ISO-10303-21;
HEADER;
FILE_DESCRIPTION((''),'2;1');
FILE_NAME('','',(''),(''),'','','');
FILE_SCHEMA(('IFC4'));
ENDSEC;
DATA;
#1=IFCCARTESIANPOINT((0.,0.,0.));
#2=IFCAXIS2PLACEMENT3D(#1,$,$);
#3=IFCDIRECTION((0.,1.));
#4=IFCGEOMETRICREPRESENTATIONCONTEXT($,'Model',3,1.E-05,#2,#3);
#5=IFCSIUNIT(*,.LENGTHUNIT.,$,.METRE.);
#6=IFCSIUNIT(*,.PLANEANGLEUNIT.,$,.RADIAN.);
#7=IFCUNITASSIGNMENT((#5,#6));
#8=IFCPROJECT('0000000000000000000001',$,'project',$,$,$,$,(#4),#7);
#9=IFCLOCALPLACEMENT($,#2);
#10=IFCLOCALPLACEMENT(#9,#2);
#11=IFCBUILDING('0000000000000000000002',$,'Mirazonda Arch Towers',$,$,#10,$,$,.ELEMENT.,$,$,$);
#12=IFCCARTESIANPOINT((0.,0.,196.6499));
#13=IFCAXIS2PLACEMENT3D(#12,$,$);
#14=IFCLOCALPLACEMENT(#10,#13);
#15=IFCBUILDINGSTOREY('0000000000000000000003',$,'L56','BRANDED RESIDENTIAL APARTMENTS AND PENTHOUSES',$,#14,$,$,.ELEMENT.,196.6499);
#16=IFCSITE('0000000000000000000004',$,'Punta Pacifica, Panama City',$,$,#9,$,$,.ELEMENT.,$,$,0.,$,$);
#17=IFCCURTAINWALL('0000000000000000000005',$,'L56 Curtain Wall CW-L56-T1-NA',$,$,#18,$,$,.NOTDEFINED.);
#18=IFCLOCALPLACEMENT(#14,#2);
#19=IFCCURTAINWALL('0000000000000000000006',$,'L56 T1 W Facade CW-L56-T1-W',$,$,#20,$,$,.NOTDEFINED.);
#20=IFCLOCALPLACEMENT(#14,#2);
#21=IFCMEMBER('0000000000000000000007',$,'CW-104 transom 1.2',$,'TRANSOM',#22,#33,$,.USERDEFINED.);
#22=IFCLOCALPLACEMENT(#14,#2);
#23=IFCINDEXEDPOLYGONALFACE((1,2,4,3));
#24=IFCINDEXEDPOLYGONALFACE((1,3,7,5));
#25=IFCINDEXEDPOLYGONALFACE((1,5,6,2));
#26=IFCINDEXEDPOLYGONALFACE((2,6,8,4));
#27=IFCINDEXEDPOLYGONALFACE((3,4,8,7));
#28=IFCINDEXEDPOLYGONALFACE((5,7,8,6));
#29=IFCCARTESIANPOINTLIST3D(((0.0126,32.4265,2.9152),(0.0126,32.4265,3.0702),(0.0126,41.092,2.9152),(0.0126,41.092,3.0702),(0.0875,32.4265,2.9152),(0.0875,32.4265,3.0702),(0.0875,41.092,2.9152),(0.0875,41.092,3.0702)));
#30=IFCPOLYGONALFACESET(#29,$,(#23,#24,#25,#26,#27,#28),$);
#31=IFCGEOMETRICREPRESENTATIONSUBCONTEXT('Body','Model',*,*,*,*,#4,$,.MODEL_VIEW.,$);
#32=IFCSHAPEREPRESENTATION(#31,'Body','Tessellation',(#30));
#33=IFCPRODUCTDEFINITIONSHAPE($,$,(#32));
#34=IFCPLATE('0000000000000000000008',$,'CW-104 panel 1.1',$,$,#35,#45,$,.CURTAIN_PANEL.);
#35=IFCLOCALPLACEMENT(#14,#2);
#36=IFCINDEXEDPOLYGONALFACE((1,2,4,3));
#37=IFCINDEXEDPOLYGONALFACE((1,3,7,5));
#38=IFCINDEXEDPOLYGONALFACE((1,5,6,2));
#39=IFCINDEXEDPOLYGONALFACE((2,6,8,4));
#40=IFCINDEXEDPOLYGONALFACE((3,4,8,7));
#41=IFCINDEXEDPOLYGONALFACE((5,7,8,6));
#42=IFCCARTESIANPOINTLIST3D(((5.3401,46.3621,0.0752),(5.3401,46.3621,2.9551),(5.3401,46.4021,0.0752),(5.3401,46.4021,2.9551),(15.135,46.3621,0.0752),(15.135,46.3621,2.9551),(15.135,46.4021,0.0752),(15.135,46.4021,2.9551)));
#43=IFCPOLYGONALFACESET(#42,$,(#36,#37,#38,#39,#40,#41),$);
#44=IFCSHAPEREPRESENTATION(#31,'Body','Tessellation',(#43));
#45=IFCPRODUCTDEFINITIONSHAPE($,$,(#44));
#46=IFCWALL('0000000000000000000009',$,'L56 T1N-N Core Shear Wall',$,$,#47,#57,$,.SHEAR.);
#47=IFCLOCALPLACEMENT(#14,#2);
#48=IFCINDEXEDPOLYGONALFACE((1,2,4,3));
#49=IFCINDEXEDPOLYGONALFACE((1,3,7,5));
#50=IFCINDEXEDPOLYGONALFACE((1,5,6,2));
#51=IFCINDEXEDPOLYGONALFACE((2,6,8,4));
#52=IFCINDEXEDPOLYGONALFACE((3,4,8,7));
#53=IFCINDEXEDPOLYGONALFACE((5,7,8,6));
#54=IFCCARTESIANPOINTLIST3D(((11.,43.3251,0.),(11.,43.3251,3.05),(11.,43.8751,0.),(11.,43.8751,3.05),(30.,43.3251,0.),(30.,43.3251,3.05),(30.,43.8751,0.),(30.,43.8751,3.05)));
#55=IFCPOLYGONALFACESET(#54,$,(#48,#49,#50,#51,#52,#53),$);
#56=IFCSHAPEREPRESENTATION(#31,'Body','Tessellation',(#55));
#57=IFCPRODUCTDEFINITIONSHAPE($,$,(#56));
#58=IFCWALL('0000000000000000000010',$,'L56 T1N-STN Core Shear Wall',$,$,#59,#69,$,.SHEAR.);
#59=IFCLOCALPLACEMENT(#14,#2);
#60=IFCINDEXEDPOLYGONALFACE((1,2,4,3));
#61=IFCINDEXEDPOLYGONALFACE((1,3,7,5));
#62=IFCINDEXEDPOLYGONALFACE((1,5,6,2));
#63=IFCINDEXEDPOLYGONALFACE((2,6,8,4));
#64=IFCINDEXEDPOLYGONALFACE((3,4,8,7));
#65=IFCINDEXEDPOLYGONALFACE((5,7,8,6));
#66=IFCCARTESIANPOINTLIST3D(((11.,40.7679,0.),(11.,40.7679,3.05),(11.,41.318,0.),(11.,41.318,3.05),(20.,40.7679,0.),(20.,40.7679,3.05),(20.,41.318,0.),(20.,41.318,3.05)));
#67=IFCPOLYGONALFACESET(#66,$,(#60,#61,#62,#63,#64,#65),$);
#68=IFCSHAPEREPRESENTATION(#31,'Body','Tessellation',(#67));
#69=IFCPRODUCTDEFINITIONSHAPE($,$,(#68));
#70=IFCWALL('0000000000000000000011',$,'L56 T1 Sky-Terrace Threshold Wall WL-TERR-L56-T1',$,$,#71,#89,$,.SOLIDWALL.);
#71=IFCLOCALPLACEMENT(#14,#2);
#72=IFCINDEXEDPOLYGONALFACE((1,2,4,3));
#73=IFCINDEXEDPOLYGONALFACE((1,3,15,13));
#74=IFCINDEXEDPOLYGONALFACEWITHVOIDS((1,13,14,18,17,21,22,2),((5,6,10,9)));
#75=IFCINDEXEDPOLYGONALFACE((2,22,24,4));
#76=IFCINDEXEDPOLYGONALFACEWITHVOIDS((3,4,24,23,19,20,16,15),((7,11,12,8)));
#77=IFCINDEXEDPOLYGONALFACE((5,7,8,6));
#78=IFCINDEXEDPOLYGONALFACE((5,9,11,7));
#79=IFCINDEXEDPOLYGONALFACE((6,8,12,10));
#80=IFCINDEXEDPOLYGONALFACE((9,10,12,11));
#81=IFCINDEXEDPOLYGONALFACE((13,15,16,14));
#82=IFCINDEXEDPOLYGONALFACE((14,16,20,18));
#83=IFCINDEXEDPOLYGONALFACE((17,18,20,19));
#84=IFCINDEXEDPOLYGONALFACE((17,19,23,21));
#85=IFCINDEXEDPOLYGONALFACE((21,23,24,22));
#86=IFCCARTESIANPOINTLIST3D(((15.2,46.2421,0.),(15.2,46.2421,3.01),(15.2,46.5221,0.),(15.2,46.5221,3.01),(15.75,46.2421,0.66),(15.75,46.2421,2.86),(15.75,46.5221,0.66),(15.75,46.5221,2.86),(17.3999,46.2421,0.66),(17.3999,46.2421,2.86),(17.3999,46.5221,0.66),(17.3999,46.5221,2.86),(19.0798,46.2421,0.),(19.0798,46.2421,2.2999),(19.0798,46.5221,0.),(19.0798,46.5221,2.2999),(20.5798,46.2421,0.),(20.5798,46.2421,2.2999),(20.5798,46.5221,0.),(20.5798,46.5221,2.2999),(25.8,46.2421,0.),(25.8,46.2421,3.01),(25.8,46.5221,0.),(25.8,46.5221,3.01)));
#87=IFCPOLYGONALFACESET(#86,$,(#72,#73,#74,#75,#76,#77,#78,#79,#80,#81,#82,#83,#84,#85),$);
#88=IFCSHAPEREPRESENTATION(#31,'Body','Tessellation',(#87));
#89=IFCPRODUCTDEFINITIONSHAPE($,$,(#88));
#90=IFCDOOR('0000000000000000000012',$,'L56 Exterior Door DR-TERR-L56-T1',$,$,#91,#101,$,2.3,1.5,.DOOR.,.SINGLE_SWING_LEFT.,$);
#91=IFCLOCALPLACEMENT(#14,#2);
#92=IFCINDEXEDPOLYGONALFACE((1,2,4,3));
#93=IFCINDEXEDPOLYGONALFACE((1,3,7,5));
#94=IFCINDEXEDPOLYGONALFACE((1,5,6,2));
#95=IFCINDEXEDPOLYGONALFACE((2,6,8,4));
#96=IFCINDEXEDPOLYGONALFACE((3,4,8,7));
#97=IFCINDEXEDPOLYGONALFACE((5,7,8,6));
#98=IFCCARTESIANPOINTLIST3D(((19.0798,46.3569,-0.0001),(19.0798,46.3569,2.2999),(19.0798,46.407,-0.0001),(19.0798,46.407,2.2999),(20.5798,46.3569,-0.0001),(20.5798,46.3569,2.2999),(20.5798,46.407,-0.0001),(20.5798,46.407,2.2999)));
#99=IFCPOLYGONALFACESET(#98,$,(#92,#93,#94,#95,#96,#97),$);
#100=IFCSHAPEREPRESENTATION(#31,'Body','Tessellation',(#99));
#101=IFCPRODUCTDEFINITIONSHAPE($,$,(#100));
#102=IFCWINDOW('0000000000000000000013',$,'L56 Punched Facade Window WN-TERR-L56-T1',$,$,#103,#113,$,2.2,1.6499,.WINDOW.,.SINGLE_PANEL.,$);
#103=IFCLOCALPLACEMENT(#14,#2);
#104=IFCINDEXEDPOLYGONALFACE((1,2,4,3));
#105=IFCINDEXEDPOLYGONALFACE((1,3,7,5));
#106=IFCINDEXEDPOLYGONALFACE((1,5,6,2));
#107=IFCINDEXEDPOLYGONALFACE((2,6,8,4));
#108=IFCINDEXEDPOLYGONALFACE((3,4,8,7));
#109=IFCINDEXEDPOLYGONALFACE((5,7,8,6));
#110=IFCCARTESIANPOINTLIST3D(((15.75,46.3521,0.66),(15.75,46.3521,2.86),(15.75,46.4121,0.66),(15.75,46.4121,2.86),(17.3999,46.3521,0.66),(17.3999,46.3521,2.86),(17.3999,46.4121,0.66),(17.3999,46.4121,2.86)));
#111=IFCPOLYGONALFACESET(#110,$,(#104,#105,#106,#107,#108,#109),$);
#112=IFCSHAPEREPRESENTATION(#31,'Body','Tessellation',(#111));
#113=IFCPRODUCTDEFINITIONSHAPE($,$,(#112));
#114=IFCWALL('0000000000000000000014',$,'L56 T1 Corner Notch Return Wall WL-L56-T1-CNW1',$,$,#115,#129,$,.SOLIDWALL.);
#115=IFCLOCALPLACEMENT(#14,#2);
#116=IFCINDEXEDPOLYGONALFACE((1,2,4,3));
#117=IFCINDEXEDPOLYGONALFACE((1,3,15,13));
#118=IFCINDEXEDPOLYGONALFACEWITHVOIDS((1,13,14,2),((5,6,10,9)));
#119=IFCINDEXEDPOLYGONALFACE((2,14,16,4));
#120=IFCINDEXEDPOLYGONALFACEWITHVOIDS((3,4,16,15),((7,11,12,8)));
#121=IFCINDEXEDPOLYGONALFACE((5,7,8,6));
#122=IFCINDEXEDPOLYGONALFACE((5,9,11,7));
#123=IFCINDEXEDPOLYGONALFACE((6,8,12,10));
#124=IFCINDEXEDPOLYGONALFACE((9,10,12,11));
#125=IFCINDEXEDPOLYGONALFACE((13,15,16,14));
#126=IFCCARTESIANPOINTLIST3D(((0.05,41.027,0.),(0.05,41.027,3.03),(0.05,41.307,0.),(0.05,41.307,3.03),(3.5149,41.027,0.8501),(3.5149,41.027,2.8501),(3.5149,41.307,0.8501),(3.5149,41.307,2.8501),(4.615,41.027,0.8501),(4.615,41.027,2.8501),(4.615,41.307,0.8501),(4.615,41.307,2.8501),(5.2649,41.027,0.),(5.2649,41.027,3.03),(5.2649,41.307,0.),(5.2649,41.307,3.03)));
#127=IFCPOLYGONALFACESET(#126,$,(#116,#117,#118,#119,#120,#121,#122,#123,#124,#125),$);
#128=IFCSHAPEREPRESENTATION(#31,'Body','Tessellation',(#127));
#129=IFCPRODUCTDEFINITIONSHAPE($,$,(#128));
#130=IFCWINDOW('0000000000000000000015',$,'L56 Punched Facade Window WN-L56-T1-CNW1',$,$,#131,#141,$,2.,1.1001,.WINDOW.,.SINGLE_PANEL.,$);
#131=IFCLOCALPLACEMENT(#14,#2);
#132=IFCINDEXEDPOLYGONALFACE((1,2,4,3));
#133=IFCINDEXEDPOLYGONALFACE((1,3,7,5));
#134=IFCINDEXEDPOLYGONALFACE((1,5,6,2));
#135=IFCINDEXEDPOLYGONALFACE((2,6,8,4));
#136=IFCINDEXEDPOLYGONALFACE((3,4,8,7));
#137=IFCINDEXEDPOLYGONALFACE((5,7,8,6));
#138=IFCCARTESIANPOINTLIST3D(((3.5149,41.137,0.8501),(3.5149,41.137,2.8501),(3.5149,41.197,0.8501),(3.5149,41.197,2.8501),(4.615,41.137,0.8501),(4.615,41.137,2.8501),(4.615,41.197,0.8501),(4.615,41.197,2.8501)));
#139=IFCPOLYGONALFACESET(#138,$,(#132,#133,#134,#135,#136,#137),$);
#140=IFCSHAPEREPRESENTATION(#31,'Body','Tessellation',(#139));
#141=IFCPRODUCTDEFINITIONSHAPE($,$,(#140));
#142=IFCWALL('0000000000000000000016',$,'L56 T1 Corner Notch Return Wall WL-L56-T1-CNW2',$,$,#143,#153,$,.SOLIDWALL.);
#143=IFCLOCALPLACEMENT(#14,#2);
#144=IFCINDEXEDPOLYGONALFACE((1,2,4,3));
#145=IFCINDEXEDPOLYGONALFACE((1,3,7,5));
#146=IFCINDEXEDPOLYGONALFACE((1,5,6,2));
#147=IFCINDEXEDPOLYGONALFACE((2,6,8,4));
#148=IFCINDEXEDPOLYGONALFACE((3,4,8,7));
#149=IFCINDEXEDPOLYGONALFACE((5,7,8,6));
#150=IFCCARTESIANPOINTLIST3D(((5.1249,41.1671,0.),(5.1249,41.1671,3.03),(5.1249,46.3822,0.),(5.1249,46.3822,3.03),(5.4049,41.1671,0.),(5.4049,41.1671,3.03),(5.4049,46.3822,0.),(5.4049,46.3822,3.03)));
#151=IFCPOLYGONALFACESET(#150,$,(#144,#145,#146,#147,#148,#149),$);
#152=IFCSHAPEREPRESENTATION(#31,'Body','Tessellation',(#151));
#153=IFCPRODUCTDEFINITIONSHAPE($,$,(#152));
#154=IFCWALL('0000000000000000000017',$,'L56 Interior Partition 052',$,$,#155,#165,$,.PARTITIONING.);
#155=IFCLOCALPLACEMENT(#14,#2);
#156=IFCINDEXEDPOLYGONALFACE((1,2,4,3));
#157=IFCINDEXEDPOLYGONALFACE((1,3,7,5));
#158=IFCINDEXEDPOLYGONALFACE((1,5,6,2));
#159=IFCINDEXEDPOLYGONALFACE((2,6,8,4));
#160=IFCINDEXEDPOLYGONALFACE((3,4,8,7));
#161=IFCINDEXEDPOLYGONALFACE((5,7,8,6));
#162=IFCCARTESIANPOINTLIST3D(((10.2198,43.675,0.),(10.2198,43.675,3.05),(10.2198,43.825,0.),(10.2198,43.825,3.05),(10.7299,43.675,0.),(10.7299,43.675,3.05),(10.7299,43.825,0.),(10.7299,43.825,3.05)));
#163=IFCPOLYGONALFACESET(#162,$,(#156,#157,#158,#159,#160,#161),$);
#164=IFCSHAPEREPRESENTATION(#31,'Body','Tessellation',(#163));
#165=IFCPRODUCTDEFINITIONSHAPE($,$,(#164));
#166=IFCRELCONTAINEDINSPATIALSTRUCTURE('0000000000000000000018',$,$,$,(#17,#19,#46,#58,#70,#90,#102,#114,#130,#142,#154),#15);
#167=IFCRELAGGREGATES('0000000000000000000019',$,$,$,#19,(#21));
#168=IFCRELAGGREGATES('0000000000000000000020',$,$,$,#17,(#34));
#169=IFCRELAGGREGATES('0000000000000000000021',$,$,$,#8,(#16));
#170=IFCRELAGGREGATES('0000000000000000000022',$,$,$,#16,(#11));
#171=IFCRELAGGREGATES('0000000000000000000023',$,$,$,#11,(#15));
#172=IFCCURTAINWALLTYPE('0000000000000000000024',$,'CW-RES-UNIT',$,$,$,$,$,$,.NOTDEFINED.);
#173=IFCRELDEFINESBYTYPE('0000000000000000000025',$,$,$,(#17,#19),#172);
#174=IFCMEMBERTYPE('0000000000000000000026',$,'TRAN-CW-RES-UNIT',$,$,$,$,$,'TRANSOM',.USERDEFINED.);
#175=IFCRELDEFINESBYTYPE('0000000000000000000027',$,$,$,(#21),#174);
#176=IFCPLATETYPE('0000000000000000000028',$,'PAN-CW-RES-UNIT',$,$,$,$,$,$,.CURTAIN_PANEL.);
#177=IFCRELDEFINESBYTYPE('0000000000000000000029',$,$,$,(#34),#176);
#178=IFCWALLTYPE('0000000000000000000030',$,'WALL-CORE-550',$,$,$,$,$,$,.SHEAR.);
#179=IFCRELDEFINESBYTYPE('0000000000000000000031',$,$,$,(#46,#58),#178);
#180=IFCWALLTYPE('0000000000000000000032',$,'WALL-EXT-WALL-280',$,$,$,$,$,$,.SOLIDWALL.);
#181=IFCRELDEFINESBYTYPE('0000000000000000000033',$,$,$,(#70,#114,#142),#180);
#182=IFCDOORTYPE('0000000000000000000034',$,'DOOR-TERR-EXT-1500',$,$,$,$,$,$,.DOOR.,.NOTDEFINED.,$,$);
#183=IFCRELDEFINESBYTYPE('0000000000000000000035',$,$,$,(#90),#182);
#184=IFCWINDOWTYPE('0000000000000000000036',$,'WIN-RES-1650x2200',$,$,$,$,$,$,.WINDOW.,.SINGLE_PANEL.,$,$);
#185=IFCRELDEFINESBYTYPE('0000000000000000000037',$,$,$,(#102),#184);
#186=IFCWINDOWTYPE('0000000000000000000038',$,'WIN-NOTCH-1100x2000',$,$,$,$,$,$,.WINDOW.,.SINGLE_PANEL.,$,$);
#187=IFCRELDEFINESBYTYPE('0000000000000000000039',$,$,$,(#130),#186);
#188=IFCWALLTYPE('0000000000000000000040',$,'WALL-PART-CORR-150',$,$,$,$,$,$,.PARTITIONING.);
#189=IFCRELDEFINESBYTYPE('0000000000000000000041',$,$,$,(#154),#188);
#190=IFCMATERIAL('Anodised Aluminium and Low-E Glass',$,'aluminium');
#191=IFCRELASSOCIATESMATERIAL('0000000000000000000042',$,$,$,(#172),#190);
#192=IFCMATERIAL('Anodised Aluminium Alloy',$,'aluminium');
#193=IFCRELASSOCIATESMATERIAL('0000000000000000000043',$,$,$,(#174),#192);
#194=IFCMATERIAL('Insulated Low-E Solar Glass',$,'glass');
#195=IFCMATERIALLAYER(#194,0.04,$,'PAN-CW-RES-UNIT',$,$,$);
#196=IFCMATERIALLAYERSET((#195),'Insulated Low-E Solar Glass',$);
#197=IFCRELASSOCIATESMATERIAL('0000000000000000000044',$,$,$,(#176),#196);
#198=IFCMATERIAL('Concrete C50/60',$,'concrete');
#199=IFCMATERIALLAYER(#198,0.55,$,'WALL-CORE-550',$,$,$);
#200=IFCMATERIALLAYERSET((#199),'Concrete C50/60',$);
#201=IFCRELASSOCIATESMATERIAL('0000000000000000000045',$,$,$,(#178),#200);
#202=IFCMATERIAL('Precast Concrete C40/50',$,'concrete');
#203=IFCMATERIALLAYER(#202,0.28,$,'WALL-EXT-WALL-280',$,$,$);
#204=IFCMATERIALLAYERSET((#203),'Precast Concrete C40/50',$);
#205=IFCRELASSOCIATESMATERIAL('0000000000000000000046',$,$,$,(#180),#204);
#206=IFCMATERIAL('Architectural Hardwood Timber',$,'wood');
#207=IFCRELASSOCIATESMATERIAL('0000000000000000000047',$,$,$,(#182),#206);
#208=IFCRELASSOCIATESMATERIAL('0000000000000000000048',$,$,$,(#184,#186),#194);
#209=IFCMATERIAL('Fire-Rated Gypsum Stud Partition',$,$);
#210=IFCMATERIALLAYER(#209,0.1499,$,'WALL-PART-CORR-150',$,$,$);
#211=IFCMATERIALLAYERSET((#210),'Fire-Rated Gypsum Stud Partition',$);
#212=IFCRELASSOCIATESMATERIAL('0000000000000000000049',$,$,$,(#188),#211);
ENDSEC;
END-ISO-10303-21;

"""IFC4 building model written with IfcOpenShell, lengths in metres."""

from ifc_helpers import new_model, si_unit, direction, frame, frame_2d, origin, origin_2d, place, context, subcontext, project, spatial, rectangle, extrude, material, layer, layer_set, material_profile, profile_set, type_object, element, fill, aggregate, save


model = new_model("IFC4")

# Units and contexts
model_context = context("Model", 3, precision=1e-05, world=origin(), true_north=direction((0.0, 1.0)))
body_context = subcontext(model_context, "Body", "Model", "MODEL_VIEW")
ifc_project = project(units=[si_unit("LENGTHUNIT", "METRE"), si_unit("PLANEANGLEUNIT", "RADIAN")], contexts=[model_context])

# Site, building, storey
site_placement = place(None, origin())
site = spatial("IfcSite", under=ifc_project, at=site_placement, Name="Punta Pacifica, Panama City", CompositionType="ELEMENT", RefElevation=0.0)
building_placement = place(site_placement, origin())
building = spatial("IfcBuilding", under=site, at=building_placement, Name="Mirazonda Arch Towers", CompositionType="ELEMENT")
storey_placement = place(building_placement, frame((0.0, 0.0, 196.6499)))
storey = spatial("IfcBuildingStorey", under=building, at=storey_placement, Name="L56", Description="BRANDED RESIDENTIAL APARTMENTS AND PENTHOUSES", CompositionType="ELEMENT", Elevation=196.6499)

# Shared definitions
ifc_material_1 = material(Name="Concrete C50/60", Category="concrete")

# Curtain wall
ifc_material_2 = material(Name="Anodised Aluminium and Low-E Glass", Category="aluminium")
curtain_wall_type = type_object("IfcCurtainWallType", Name="CW-RES-UNIT", PredefinedType="NOTDEFINED", material=ifc_material_2)
curtain_wall_1_placement = place(storey_placement, origin())
curtain_wall_1 = element("IfcCurtainWall", 1, at=curtain_wall_1_placement, inside=storey, type_object=curtain_wall_type, Name="L56 Curtain Wall CW-L56-T1-NA", PredefinedType="NOTDEFINED")
ifc_material_3 = material(Name="Anodised Aluminium Alloy", Category="aluminium")

# Curtain wall
curtain_wall_2_placement = place(storey_placement, origin())
curtain_wall_2 = element("IfcCurtainWall", 2, at=curtain_wall_2_placement, inside=storey, type_object=curtain_wall_type, Name="L56 T1 W Facade CW-L56-T1-W", PredefinedType="NOTDEFINED")

# Member
ifc_material_profile_1 = material_profile(ifc_material_3, rectangle(XDim=0.075, YDim=0.155, at=origin_2d()), Name="ALU-TRAN-75x155")
ifc_profile_set_1 = profile_set([ifc_material_profile_1], Name="Anodised Aluminium Alloy")
member_type_1 = type_object("IfcMemberType", Name="TRAN-CW-RES-UNIT", ElementType="TRANSOM", PredefinedType="USERDEFINED", material=ifc_profile_set_1)
member_1_placement = place(storey_placement, frame((0.05, 41.092, 2.9927), z_axis=(0.0, -1.0, 0.0), x_axis=(1.0, 0.0, 0.0)))
member_1 = element("IfcMember", 3, at=member_1_placement, type_object=member_type_1, Name="CW-104 transom 1.2", ObjectType="TRANSOM", PredefinedType="USERDEFINED", context=body_context, shape_type="SweptSolid", body=[
    extrude(rectangle(XDim=0.075, YDim=0.155, at=origin_2d()), origin(), (0.0, 0.0, 1.0), 8.6655),
])
aggregate(curtain_wall_2, [member_1])

# Plate
ifc_material_4 = material(Name="Insulated Low-E Solar Glass", Category="glass")
ifc_layer_1 = layer(ifc_material_4, 0.04, Name="PAN-CW-RES-UNIT")
ifc_layer_set_1 = layer_set([ifc_layer_1], Name="Insulated Low-E Solar Glass")
plate_type = type_object("IfcPlateType", Name="PAN-CW-RES-UNIT", PredefinedType="CURTAIN_PANEL", material=ifc_layer_set_1)
plate_placement = place(storey_placement, frame((10.2375, 46.3821, 0.0752), z_axis=(0.0, 0.0, 1.0), x_axis=(1.0, 0.0, 0.0)))
plate = element("IfcPlate", 4, at=plate_placement, type_object=plate_type, Name="CW-104 panel 1.1", PredefinedType="CURTAIN_PANEL", context=body_context, shape_type="SweptSolid", body=[
    extrude(rectangle(XDim=9.7949, YDim=0.04, at=origin_2d()), origin(), (0.0, 0.0, 1.0), 2.8799),
])
aggregate(curtain_wall_1, [plate])

# Walls
ifc_layer_2 = layer(ifc_material_1, 0.55, Name="WALL-CORE-550")
ifc_layer_set_2 = layer_set([ifc_layer_2], Name="Concrete C50/60")
wall_type_1 = type_object("IfcWallType", Name="WALL-CORE-550", PredefinedType="SHEAR", material=ifc_layer_set_2)
wall_1_placement = place(storey_placement, frame((11.0, 43.6001, 0.0), z_axis=(0.0, 0.0, 1.0), x_axis=(1.0, 0.0, 0.0)))
element("IfcWall", 5, at=wall_1_placement, inside=storey, type_object=wall_type_1, Name="L56 T1N-N Core Shear Wall", PredefinedType="SHEAR", context=body_context, shape_type="SweptSolid", body=[
    extrude(rectangle(XDim=19.0, YDim=0.55, at=frame_2d((9.5, 0.0))), origin(), (0.0, 0.0, 1.0), 3.05),
])
wall_2_placement = place(storey_placement, frame((11.0, 41.043, 0.0), z_axis=(0.0, 0.0, 1.0), x_axis=(1.0, 0.0, 0.0)))
element("IfcWall", 6, at=wall_2_placement, inside=storey, type_object=wall_type_1, Name="L56 T1N-STN Core Shear Wall", PredefinedType="SHEAR", context=body_context, shape_type="SweptSolid", body=[
    extrude(rectangle(XDim=9.0, YDim=0.55, at=frame_2d((4.5, 0.0))), origin(), (0.0, 0.0, 1.0), 3.05),
])

# Wall, openings, door, window
ifc_material_5 = material(Name="Precast Concrete C40/50", Category="concrete")
ifc_layer_3 = layer(ifc_material_5, 0.28, Name="WALL-EXT-WALL-280")
ifc_layer_set_3 = layer_set([ifc_layer_3], Name="Precast Concrete C40/50")
wall_type_2 = type_object("IfcWallType", Name="WALL-EXT-WALL-280", PredefinedType="SOLIDWALL", material=ifc_layer_set_3)
wall_3_placement = place(storey_placement, frame((15.2, 46.3821, 0.0), z_axis=(0.0, 0.0, 1.0), x_axis=(1.0, 0.0, 0.0)))
wall_3 = element("IfcWall", 7, at=wall_3_placement, inside=storey, type_object=wall_type_2, Name="L56 T1 Sky-Terrace Threshold Wall WL-TERR-L56-T1", PredefinedType="SOLIDWALL", context=body_context, shape_type="SweptSolid", body=[
    extrude(rectangle(XDim=10.6001, YDim=0.28, at=frame_2d((5.3, 0.0))), origin(), (0.0, 0.0, 1.0), 3.01),
])
opening_1_placement = place(wall_3_placement, frame((0.55, 0.0, 0.6599)))
opening_1 = element("IfcOpeningElement", 8, at=opening_1_placement, cuts=wall_3, PredefinedType="OPENING", context=body_context, shape_type="SweptSolid", body=[
    extrude(rectangle(XDim=1.6499, YDim=2.2, at=frame_2d((0.825, 1.1001))), frame((0.0, 0.1499, 0.0), z_axis=(0.0, -1.0, 0.0), x_axis=(1.0, 0.0, 0.0)), (0.0, 0.0, 1.0), 0.3),
])
opening_2_placement = place(wall_3_placement, frame((3.8799, 0.0, 0.0)))
opening_2 = element("IfcOpeningElement", 9, at=opening_2_placement, cuts=wall_3, PredefinedType="OPENING", context=body_context, shape_type="SweptSolid", body=[
    extrude(rectangle(XDim=1.5, YDim=2.3, at=frame_2d((0.75, 1.1499))), frame((0.0, 0.1499, 0.0), z_axis=(0.0, -1.0, 0.0), x_axis=(1.0, 0.0, 0.0)), (0.0, 0.0, 1.0), 0.3),
])
ifc_material_6 = material(Name="Architectural Hardwood Timber", Category="wood")
door_type_1 = type_object("IfcDoorType", Name="DOOR-TERR-EXT-1500", OperationType="NOTDEFINED", PredefinedType="DOOR", material=ifc_material_6)
door_1_placement = place(opening_2_placement, origin())
door_1 = element("IfcDoor", 10, at=door_1_placement, inside=storey, type_object=door_type_1, Name="L56 Exterior Door DR-TERR-L56-T1", OperationType="SINGLE_SWING_LEFT", OverallHeight=2.3, OverallWidth=1.5, PredefinedType="DOOR", context=body_context, shape_type="SweptSolid", body=[
    extrude(rectangle(XDim=1.5, YDim=2.3, at=frame_2d((0.75, 1.1499))), frame((0.0, 0.0249, 0.0), z_axis=(0.0, -1.0, 0.0), x_axis=(1.0, 0.0, 0.0)), (0.0, 0.0, 1.0), 0.05),
])
fill(opening_2, door_1)
window_type_1 = type_object("IfcWindowType", Name="WIN-RES-1650x2200", PartitioningType="SINGLE_PANEL", PredefinedType="WINDOW", material=ifc_material_4)
window_1_placement = place(opening_1_placement, origin())
window_1 = element("IfcWindow", 11, at=window_1_placement, inside=storey, type_object=window_type_1, Name="L56 Punched Facade Window WN-TERR-L56-T1", OverallHeight=2.2, OverallWidth=1.6499, PartitioningType="SINGLE_PANEL", PredefinedType="WINDOW", context=body_context, shape_type="SweptSolid", body=[
    extrude(rectangle(XDim=1.6499, YDim=2.2, at=frame_2d((0.825, 1.1001))), frame((0.0, 0.03, 0.0), z_axis=(0.0, -1.0, 0.0), x_axis=(1.0, 0.0, 0.0)), (0.0, 0.0, 1.0), 0.0601),
])
fill(opening_1, window_1)

# Wall, opening, window
wall_4_placement = place(storey_placement, frame((5.2649, 41.167, 0.0), z_axis=(0.0, 0.0, 1.0), x_axis=(-1.0, 0.0, 0.0)))
wall_4 = element("IfcWall", 12, at=wall_4_placement, inside=storey, type_object=wall_type_2, Name="L56 T1 Corner Notch Return Wall WL-L56-T1-CNW1", PredefinedType="SOLIDWALL", context=body_context, shape_type="SweptSolid", body=[
    extrude(rectangle(XDim=5.2148, YDim=0.28, at=frame_2d((2.6074, 0.0))), origin(), (0.0, 0.0, 1.0), 3.03),
])
opening_3_placement = place(wall_4_placement, frame((0.6499, 0.0, 0.8501)))
opening_3 = element("IfcOpeningElement", 13, at=opening_3_placement, cuts=wall_4, PredefinedType="OPENING", context=body_context, shape_type="SweptSolid", body=[
    extrude(rectangle(XDim=1.1001, YDim=2.0, at=frame_2d((0.55, 1.0))), frame((0.0, 0.1499, 0.0), z_axis=(0.0, -1.0, 0.0), x_axis=(1.0, 0.0, 0.0)), (0.0, 0.0, 1.0), 0.3),
])
window_type_2 = type_object("IfcWindowType", Name="WIN-NOTCH-1100x2000", PartitioningType="SINGLE_PANEL", PredefinedType="WINDOW", material=ifc_material_4)
window_2_placement = place(opening_3_placement, origin())
window_2 = element("IfcWindow", 14, at=window_2_placement, inside=storey, type_object=window_type_2, Name="L56 Punched Facade Window WN-L56-T1-CNW1", OverallHeight=2.0, OverallWidth=1.1001, PartitioningType="SINGLE_PANEL", PredefinedType="WINDOW", context=body_context, shape_type="SweptSolid", body=[
    extrude(rectangle(XDim=1.1001, YDim=2.0, at=frame_2d((0.55, 1.0))), frame((0.0, 0.03, 0.0), z_axis=(0.0, -1.0, 0.0), x_axis=(1.0, 0.0, 0.0)), (0.0, 0.0, 1.0), 0.0601),
])
fill(opening_3, window_2)

# Walls
wall_5_placement = place(storey_placement, frame((5.2649, 46.3821, 0.0), z_axis=(0.0, 0.0, 1.0), x_axis=(0.0, -1.0, 0.0)))
element("IfcWall", 15, at=wall_5_placement, inside=storey, type_object=wall_type_2, Name="L56 T1 Corner Notch Return Wall WL-L56-T1-CNW2", PredefinedType="SOLIDWALL", context=body_context, shape_type="SweptSolid", body=[
    extrude(rectangle(XDim=5.2151, YDim=0.28, at=frame_2d((2.6074, 0.0))), origin(), (0.0, 0.0, 1.0), 3.03),
])
ifc_material_7 = material(Name="Fire-Rated Gypsum Stud Partition")
ifc_layer_4 = layer(ifc_material_7, 0.1499, Name="WALL-PART-CORR-150")
ifc_layer_set_4 = layer_set([ifc_layer_4], Name="Fire-Rated Gypsum Stud Partition")
wall_type_3 = type_object("IfcWallType", Name="WALL-PART-CORR-150", PredefinedType="PARTITIONING", material=ifc_layer_set_4)
wall_6_placement = place(storey_placement, frame((10.22, 43.75, 0.0), z_axis=(0.0, 0.0, 1.0), x_axis=(1.0, 0.0, 0.0)))
element("IfcWall", 16, at=wall_6_placement, inside=storey, type_object=wall_type_3, Name="L56 Interior Partition 052", PredefinedType="PARTITIONING", context=body_context, shape_type="SweptSolid", body=[
    extrude(rectangle(XDim=0.51, YDim=0.1499, at=frame_2d((0.2549, 0.0))), origin(), (0.0, 0.0, 1.0), 3.05),
])

save(model, "model.ifc")
